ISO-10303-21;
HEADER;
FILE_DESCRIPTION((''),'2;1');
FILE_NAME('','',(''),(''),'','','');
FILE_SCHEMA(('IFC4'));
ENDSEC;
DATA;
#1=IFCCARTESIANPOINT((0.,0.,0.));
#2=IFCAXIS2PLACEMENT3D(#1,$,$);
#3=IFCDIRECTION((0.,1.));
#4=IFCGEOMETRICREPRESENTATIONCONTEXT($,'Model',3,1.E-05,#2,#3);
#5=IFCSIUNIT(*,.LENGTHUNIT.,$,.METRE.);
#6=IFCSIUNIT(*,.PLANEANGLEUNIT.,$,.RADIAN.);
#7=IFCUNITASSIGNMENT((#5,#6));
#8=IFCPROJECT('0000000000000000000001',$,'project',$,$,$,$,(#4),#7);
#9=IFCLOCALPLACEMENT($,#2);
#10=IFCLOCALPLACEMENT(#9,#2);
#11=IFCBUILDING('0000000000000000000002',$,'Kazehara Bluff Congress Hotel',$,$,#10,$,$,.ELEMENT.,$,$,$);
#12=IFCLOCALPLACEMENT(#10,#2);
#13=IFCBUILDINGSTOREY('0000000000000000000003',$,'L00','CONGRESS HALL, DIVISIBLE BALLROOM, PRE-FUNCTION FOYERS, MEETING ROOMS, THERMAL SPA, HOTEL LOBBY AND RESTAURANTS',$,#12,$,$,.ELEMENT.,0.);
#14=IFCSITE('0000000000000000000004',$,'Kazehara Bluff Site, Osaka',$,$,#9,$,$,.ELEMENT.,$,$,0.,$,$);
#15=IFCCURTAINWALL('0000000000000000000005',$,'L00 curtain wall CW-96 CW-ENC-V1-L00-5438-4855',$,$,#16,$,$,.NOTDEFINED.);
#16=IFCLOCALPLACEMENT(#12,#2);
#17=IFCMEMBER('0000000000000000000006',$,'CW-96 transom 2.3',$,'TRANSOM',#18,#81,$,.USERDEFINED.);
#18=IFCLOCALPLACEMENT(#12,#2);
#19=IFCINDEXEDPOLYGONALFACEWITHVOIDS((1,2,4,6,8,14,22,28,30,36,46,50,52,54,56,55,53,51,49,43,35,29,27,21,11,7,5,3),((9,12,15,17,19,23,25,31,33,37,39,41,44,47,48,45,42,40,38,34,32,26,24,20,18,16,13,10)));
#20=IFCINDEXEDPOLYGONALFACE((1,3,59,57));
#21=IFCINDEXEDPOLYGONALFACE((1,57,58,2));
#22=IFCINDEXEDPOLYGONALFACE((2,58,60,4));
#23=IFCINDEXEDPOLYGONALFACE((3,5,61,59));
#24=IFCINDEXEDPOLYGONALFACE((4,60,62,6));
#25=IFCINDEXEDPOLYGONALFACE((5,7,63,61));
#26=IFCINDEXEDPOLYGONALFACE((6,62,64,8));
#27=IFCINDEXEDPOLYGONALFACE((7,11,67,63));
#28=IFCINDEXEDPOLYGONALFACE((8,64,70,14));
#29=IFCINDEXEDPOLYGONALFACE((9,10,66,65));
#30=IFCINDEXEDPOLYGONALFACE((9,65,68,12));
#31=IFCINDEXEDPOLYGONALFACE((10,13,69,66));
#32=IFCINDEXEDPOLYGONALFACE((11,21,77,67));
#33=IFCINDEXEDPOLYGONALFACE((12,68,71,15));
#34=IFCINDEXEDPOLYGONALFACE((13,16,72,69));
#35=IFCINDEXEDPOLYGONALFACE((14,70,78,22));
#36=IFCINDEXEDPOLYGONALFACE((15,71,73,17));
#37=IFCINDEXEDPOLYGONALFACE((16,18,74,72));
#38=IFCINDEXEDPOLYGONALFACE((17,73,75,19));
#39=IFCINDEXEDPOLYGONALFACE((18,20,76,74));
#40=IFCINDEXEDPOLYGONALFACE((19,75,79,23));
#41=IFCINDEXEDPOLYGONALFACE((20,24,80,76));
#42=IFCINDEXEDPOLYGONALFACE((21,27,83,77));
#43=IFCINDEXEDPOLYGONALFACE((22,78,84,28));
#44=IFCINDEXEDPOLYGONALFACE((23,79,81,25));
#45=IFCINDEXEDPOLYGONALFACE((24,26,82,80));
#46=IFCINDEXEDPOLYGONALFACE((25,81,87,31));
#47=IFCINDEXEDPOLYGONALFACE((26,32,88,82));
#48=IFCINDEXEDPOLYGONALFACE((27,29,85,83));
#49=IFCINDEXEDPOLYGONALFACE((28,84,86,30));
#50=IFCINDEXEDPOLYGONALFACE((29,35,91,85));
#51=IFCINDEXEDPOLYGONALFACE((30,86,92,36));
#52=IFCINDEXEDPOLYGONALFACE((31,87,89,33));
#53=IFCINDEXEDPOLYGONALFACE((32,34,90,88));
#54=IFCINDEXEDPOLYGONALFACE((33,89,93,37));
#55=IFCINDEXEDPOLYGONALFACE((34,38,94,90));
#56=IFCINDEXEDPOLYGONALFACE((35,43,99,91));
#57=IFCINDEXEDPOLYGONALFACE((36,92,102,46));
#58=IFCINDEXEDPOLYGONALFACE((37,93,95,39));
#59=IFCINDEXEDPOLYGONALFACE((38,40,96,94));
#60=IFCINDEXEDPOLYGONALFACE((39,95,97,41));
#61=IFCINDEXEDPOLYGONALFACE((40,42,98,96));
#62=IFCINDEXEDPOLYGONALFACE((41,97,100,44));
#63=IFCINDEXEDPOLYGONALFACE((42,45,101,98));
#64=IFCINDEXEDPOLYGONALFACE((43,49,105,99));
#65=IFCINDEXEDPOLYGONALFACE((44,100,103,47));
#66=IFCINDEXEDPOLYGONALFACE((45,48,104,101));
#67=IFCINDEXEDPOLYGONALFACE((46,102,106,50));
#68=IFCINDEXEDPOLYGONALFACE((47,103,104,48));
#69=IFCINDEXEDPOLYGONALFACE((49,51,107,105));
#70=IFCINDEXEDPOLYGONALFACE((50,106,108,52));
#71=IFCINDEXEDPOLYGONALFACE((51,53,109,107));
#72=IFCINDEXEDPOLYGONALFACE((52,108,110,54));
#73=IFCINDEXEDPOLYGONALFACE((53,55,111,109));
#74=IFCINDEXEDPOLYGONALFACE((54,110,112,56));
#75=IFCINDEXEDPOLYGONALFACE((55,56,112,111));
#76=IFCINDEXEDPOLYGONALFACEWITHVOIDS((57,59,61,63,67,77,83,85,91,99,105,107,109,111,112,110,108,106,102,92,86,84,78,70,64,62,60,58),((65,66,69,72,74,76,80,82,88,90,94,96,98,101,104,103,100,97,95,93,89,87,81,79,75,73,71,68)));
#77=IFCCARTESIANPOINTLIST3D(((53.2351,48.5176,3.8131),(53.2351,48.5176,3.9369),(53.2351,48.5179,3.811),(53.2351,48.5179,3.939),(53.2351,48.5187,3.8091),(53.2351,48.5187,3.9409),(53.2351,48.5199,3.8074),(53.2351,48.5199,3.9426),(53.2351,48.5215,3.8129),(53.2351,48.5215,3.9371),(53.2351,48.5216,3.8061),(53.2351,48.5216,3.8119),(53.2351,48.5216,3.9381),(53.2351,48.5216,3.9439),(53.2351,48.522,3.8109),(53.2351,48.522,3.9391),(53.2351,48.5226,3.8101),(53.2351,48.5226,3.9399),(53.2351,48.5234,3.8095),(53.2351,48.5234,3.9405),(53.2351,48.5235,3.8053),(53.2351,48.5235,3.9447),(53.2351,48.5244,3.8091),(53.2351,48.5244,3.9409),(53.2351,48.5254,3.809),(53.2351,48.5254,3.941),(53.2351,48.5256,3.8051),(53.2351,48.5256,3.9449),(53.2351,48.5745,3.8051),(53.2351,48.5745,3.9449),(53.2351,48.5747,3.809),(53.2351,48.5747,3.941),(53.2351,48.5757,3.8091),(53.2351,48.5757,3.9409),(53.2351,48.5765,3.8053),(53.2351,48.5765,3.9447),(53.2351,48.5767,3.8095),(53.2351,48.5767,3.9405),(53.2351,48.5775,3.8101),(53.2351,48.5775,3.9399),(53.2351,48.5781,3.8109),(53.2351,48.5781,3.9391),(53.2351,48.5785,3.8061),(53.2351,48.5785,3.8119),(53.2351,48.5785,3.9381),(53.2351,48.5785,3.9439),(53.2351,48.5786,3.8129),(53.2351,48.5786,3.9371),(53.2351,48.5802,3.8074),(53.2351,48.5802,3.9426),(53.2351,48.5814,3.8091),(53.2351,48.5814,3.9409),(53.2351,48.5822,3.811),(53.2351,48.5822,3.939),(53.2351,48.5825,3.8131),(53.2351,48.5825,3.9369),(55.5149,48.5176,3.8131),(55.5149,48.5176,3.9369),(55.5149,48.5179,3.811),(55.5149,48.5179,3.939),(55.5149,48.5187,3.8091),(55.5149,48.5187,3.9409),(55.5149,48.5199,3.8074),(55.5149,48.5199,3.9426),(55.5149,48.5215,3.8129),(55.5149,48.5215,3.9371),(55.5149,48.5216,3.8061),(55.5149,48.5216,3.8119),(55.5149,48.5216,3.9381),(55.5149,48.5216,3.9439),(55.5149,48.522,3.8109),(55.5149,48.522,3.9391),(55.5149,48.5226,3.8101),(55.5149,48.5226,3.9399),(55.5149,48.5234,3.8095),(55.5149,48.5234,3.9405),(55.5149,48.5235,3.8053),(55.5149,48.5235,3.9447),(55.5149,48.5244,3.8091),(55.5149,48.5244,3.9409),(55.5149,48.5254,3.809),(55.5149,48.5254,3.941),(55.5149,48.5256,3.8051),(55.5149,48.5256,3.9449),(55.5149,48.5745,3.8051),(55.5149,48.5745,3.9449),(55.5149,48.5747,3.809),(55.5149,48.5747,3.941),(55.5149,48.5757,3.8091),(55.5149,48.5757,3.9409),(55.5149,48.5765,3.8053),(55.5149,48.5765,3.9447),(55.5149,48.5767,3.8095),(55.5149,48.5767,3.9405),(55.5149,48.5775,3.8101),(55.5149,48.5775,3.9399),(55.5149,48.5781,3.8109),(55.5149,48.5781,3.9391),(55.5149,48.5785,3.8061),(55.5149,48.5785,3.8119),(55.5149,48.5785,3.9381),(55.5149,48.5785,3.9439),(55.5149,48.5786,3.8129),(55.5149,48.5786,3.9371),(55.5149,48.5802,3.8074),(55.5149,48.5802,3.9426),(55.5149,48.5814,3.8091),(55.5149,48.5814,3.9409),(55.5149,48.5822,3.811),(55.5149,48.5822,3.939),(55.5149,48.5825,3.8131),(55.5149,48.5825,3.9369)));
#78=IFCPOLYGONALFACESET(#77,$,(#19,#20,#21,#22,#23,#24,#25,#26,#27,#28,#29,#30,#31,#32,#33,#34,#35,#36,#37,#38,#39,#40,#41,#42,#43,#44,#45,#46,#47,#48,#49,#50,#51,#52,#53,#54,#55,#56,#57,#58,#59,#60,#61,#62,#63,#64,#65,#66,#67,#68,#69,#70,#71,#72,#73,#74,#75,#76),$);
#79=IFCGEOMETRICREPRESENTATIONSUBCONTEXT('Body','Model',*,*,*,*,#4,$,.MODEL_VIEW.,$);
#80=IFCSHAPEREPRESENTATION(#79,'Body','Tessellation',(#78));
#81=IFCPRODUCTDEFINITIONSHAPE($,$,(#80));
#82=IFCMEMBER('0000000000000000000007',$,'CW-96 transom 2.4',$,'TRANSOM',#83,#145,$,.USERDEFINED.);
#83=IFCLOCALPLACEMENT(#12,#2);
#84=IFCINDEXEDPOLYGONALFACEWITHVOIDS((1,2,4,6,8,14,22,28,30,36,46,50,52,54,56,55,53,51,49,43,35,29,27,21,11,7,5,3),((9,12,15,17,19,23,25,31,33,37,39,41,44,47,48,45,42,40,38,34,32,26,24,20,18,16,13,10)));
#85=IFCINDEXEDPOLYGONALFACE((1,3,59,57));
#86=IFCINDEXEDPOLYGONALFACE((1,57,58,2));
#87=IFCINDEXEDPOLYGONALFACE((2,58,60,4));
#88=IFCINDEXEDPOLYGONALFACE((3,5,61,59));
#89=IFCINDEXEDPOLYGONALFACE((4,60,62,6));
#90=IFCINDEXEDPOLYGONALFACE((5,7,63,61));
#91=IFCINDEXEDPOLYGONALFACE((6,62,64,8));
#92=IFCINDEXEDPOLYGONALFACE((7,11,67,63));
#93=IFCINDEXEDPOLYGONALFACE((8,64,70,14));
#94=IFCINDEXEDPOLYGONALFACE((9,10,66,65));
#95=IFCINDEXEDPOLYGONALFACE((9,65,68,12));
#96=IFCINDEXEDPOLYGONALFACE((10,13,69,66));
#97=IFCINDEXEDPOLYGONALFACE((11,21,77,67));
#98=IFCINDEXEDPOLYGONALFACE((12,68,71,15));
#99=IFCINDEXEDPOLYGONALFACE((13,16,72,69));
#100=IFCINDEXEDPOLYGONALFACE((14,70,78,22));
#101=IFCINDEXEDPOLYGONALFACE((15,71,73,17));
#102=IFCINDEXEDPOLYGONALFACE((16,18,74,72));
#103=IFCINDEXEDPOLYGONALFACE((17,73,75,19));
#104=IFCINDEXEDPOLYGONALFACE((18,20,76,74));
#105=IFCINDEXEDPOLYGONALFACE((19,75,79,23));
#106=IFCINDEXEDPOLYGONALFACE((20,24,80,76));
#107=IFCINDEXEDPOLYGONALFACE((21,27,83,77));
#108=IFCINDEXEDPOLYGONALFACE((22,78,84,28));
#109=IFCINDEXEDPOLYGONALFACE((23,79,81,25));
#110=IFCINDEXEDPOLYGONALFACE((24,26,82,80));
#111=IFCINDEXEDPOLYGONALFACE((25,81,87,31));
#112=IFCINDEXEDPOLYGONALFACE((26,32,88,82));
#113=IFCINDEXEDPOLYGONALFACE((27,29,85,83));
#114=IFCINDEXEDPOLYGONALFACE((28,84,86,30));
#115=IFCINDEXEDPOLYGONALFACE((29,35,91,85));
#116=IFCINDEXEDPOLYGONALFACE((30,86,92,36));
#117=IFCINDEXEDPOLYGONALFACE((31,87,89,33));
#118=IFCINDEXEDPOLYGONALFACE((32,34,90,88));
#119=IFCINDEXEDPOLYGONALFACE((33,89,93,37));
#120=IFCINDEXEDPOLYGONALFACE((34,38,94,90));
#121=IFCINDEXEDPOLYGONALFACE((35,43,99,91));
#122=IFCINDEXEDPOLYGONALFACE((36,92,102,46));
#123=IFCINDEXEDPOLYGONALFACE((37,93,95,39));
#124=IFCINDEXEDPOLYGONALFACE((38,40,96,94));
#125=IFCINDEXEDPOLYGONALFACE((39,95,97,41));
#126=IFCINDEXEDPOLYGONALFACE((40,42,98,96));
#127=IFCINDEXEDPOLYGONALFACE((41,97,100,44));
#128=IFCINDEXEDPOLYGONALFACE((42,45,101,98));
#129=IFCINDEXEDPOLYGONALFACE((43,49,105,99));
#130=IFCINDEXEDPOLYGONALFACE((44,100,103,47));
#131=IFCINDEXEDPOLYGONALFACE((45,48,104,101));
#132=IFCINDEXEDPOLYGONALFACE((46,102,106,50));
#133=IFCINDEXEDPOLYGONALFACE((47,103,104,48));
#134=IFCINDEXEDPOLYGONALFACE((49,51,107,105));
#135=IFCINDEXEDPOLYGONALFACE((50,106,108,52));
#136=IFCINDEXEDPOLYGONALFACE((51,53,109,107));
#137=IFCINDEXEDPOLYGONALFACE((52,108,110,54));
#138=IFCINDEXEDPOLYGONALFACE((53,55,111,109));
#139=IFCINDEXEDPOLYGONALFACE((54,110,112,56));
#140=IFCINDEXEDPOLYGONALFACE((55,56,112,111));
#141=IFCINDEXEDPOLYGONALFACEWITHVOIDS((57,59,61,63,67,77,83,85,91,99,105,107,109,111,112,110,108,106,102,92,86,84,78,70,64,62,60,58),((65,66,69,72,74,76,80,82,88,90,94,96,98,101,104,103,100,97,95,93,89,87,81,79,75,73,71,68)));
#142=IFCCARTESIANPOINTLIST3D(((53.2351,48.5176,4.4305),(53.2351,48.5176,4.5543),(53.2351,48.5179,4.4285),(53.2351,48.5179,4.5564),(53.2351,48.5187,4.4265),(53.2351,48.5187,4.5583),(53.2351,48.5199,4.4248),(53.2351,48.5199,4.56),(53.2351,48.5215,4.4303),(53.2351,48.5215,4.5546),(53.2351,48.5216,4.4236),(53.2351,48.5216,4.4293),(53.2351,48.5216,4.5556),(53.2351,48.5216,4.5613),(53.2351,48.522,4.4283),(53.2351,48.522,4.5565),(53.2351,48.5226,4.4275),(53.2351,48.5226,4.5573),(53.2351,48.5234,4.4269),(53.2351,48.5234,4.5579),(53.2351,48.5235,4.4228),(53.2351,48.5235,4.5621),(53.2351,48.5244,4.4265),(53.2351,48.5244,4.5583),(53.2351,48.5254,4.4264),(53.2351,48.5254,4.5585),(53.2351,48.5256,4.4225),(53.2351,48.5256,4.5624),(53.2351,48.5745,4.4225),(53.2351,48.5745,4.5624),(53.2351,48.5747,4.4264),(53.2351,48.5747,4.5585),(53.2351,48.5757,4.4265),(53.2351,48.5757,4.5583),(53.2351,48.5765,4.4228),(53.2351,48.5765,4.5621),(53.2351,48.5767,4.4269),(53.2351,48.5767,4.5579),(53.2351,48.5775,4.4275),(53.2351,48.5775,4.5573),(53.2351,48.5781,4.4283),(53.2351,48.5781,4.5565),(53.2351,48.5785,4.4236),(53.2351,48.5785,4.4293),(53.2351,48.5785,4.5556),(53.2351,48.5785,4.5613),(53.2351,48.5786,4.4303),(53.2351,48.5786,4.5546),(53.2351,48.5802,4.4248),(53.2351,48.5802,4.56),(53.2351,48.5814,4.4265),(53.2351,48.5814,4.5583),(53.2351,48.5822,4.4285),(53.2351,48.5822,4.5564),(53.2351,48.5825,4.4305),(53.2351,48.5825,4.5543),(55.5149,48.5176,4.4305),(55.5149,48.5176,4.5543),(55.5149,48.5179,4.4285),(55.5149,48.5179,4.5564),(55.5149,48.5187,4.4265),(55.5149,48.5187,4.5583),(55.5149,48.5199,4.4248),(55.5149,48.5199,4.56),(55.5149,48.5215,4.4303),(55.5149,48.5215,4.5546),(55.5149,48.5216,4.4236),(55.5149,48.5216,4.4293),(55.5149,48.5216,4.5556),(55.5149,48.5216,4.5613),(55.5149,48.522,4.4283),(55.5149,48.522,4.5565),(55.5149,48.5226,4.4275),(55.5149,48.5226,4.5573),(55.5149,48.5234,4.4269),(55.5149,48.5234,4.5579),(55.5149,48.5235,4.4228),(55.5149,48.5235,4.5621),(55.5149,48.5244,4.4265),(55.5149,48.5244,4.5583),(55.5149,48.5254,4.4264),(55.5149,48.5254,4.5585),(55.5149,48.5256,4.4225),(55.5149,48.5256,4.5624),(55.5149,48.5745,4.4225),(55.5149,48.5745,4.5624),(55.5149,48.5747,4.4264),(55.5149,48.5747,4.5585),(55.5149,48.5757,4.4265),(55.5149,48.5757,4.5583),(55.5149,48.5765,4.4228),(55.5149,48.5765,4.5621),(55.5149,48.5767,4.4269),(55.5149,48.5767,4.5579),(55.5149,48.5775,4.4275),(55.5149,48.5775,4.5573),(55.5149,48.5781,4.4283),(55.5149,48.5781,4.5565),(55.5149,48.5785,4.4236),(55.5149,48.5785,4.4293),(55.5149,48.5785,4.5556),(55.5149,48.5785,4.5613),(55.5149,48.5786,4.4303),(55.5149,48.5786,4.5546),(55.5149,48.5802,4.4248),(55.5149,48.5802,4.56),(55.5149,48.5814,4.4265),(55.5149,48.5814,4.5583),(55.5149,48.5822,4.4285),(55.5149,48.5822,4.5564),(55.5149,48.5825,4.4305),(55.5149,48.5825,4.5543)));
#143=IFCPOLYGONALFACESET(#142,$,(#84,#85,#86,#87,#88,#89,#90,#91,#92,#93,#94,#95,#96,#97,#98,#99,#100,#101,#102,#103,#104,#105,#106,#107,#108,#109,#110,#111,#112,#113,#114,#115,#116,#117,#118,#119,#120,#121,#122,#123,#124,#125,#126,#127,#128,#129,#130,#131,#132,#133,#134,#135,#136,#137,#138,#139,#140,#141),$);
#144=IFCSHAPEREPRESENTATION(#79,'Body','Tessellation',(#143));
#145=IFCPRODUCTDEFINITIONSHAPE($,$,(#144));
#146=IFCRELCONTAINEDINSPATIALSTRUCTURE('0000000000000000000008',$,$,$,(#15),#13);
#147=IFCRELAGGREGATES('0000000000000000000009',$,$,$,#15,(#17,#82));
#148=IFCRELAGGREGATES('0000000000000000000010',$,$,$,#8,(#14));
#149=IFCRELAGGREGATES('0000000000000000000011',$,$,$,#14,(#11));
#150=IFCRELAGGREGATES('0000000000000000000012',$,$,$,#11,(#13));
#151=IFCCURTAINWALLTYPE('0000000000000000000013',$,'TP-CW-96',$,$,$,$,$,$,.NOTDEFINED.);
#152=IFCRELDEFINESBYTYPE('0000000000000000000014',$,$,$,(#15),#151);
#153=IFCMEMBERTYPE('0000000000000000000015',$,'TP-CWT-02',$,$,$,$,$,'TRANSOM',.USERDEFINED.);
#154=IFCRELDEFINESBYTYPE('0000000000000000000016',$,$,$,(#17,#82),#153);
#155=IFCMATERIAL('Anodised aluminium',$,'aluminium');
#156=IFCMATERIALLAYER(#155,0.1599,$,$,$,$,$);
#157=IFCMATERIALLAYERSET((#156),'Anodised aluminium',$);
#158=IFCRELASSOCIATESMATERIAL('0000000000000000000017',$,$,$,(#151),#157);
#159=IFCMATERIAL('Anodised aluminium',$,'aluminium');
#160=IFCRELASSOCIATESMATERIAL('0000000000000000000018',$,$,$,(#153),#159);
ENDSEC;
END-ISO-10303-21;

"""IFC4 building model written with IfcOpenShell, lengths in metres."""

from ifc_helpers import new_model, si_unit, direction, frame, origin, origin_2d, place, context, subcontext, project, spatial, hollow_rectangle, extrude, material, layer, layer_set, material_profile, profile_set, type_object, element, aggregate, save


model = new_model("IFC4")

# Units and contexts
model_context = context("Model", 3, precision=1e-05, world=origin(), true_north=direction((0.0, 1.0)))
body_context = subcontext(model_context, "Body", "Model", "MODEL_VIEW")
ifc_project = project(units=[si_unit("LENGTHUNIT", "METRE"), si_unit("PLANEANGLEUNIT", "RADIAN")], contexts=[model_context])

# Site, building, storey
site_placement = place(None, origin())
site = spatial("IfcSite", under=ifc_project, at=site_placement, Name="Kazehara Bluff Site, Osaka", CompositionType="ELEMENT", RefElevation=0.0)
building_placement = place(site_placement, origin())
building = spatial("IfcBuilding", under=site, at=building_placement, Name="Kazehara Bluff Congress Hotel", CompositionType="ELEMENT")
storey_placement = place(building_placement, origin())
storey = spatial("IfcBuildingStorey", under=building, at=storey_placement, Name="L00", Description="CONGRESS HALL, DIVISIBLE BALLROOM, PRE-FUNCTION FOYERS, MEETING ROOMS, THERMAL SPA, HOTEL LOBBY AND RESTAURANTS", CompositionType="ELEMENT", Elevation=0.0)

# Curtain wall, members
ifc_material_1 = material(Name="Anodised aluminium", Category="aluminium")
ifc_layer_1 = layer(ifc_material_1, 0.1599)
ifc_layer_set_1 = layer_set([ifc_layer_1], Name="Anodised aluminium")
curtain_wall_type = type_object("IfcCurtainWallType", Name="TP-CW-96", PredefinedType="NOTDEFINED", material=ifc_layer_set_1)
curtain_wall_placement = place(storey_placement, origin())
curtain_wall = element("IfcCurtainWall", 1, at=curtain_wall_placement, inside=storey, type_object=curtain_wall_type, Name="L00 curtain wall CW-96 CW-ENC-V1-L00-5438-4855", PredefinedType="NOTDEFINED")
ifc_material_2 = material(Name="Anodised aluminium", Category="aluminium")
ifc_material_profile_1 = material_profile(ifc_material_2, hollow_rectangle(XDim=0.0649, YDim=0.1399, WallThickness=0.0039, InnerFilletRadius=0.0039, OuterFilletRadius=0.0081, at=origin_2d()))
ifc_profile_set_1 = profile_set([ifc_material_profile_1], Name="Anodised aluminium")
member_type_1 = type_object("IfcMemberType", Name="TP-CWT-02", ElementType="TRANSOM", PredefinedType="USERDEFINED", material=ifc_profile_set_1)
member_1_placement = place(storey_placement, frame((55.5149, 48.55, 3.875), z_axis=(-1.0, 0.0, 0.0), x_axis=(0.0, -1.0, 0.0)))
member_1 = element("IfcMember", 2, at=member_1_placement, type_object=member_type_1, Name="CW-96 transom 2.3", ObjectType="TRANSOM", PredefinedType="USERDEFINED", context=body_context, shape_type="SweptSolid", body=[
    extrude(hollow_rectangle(XDim=0.0649, YDim=0.1399, WallThickness=0.0039, InnerFilletRadius=0.0039, OuterFilletRadius=0.0081, at=origin_2d()), origin(), (0.0, 0.0, 1.0), 2.2798),
])
member_2_placement = place(storey_placement, frame((55.5149, 48.55, 4.4924), z_axis=(-1.0, 0.0, 0.0), x_axis=(0.0, -1.0, 0.0)))
member_2 = element("IfcMember", 3, at=member_2_placement, type_object=member_type_1, Name="CW-96 transom 2.4", ObjectType="TRANSOM", PredefinedType="USERDEFINED", context=body_context, shape_type="SweptSolid", body=[
    extrude(hollow_rectangle(XDim=0.0649, YDim=0.1399, WallThickness=0.0039, InnerFilletRadius=0.0039, OuterFilletRadius=0.0081, at=origin_2d()), origin(), (0.0, 0.0, 1.0), 2.2798),
])
aggregate(curtain_wall, [member_1, member_2])

save(model, "model.ifc")
